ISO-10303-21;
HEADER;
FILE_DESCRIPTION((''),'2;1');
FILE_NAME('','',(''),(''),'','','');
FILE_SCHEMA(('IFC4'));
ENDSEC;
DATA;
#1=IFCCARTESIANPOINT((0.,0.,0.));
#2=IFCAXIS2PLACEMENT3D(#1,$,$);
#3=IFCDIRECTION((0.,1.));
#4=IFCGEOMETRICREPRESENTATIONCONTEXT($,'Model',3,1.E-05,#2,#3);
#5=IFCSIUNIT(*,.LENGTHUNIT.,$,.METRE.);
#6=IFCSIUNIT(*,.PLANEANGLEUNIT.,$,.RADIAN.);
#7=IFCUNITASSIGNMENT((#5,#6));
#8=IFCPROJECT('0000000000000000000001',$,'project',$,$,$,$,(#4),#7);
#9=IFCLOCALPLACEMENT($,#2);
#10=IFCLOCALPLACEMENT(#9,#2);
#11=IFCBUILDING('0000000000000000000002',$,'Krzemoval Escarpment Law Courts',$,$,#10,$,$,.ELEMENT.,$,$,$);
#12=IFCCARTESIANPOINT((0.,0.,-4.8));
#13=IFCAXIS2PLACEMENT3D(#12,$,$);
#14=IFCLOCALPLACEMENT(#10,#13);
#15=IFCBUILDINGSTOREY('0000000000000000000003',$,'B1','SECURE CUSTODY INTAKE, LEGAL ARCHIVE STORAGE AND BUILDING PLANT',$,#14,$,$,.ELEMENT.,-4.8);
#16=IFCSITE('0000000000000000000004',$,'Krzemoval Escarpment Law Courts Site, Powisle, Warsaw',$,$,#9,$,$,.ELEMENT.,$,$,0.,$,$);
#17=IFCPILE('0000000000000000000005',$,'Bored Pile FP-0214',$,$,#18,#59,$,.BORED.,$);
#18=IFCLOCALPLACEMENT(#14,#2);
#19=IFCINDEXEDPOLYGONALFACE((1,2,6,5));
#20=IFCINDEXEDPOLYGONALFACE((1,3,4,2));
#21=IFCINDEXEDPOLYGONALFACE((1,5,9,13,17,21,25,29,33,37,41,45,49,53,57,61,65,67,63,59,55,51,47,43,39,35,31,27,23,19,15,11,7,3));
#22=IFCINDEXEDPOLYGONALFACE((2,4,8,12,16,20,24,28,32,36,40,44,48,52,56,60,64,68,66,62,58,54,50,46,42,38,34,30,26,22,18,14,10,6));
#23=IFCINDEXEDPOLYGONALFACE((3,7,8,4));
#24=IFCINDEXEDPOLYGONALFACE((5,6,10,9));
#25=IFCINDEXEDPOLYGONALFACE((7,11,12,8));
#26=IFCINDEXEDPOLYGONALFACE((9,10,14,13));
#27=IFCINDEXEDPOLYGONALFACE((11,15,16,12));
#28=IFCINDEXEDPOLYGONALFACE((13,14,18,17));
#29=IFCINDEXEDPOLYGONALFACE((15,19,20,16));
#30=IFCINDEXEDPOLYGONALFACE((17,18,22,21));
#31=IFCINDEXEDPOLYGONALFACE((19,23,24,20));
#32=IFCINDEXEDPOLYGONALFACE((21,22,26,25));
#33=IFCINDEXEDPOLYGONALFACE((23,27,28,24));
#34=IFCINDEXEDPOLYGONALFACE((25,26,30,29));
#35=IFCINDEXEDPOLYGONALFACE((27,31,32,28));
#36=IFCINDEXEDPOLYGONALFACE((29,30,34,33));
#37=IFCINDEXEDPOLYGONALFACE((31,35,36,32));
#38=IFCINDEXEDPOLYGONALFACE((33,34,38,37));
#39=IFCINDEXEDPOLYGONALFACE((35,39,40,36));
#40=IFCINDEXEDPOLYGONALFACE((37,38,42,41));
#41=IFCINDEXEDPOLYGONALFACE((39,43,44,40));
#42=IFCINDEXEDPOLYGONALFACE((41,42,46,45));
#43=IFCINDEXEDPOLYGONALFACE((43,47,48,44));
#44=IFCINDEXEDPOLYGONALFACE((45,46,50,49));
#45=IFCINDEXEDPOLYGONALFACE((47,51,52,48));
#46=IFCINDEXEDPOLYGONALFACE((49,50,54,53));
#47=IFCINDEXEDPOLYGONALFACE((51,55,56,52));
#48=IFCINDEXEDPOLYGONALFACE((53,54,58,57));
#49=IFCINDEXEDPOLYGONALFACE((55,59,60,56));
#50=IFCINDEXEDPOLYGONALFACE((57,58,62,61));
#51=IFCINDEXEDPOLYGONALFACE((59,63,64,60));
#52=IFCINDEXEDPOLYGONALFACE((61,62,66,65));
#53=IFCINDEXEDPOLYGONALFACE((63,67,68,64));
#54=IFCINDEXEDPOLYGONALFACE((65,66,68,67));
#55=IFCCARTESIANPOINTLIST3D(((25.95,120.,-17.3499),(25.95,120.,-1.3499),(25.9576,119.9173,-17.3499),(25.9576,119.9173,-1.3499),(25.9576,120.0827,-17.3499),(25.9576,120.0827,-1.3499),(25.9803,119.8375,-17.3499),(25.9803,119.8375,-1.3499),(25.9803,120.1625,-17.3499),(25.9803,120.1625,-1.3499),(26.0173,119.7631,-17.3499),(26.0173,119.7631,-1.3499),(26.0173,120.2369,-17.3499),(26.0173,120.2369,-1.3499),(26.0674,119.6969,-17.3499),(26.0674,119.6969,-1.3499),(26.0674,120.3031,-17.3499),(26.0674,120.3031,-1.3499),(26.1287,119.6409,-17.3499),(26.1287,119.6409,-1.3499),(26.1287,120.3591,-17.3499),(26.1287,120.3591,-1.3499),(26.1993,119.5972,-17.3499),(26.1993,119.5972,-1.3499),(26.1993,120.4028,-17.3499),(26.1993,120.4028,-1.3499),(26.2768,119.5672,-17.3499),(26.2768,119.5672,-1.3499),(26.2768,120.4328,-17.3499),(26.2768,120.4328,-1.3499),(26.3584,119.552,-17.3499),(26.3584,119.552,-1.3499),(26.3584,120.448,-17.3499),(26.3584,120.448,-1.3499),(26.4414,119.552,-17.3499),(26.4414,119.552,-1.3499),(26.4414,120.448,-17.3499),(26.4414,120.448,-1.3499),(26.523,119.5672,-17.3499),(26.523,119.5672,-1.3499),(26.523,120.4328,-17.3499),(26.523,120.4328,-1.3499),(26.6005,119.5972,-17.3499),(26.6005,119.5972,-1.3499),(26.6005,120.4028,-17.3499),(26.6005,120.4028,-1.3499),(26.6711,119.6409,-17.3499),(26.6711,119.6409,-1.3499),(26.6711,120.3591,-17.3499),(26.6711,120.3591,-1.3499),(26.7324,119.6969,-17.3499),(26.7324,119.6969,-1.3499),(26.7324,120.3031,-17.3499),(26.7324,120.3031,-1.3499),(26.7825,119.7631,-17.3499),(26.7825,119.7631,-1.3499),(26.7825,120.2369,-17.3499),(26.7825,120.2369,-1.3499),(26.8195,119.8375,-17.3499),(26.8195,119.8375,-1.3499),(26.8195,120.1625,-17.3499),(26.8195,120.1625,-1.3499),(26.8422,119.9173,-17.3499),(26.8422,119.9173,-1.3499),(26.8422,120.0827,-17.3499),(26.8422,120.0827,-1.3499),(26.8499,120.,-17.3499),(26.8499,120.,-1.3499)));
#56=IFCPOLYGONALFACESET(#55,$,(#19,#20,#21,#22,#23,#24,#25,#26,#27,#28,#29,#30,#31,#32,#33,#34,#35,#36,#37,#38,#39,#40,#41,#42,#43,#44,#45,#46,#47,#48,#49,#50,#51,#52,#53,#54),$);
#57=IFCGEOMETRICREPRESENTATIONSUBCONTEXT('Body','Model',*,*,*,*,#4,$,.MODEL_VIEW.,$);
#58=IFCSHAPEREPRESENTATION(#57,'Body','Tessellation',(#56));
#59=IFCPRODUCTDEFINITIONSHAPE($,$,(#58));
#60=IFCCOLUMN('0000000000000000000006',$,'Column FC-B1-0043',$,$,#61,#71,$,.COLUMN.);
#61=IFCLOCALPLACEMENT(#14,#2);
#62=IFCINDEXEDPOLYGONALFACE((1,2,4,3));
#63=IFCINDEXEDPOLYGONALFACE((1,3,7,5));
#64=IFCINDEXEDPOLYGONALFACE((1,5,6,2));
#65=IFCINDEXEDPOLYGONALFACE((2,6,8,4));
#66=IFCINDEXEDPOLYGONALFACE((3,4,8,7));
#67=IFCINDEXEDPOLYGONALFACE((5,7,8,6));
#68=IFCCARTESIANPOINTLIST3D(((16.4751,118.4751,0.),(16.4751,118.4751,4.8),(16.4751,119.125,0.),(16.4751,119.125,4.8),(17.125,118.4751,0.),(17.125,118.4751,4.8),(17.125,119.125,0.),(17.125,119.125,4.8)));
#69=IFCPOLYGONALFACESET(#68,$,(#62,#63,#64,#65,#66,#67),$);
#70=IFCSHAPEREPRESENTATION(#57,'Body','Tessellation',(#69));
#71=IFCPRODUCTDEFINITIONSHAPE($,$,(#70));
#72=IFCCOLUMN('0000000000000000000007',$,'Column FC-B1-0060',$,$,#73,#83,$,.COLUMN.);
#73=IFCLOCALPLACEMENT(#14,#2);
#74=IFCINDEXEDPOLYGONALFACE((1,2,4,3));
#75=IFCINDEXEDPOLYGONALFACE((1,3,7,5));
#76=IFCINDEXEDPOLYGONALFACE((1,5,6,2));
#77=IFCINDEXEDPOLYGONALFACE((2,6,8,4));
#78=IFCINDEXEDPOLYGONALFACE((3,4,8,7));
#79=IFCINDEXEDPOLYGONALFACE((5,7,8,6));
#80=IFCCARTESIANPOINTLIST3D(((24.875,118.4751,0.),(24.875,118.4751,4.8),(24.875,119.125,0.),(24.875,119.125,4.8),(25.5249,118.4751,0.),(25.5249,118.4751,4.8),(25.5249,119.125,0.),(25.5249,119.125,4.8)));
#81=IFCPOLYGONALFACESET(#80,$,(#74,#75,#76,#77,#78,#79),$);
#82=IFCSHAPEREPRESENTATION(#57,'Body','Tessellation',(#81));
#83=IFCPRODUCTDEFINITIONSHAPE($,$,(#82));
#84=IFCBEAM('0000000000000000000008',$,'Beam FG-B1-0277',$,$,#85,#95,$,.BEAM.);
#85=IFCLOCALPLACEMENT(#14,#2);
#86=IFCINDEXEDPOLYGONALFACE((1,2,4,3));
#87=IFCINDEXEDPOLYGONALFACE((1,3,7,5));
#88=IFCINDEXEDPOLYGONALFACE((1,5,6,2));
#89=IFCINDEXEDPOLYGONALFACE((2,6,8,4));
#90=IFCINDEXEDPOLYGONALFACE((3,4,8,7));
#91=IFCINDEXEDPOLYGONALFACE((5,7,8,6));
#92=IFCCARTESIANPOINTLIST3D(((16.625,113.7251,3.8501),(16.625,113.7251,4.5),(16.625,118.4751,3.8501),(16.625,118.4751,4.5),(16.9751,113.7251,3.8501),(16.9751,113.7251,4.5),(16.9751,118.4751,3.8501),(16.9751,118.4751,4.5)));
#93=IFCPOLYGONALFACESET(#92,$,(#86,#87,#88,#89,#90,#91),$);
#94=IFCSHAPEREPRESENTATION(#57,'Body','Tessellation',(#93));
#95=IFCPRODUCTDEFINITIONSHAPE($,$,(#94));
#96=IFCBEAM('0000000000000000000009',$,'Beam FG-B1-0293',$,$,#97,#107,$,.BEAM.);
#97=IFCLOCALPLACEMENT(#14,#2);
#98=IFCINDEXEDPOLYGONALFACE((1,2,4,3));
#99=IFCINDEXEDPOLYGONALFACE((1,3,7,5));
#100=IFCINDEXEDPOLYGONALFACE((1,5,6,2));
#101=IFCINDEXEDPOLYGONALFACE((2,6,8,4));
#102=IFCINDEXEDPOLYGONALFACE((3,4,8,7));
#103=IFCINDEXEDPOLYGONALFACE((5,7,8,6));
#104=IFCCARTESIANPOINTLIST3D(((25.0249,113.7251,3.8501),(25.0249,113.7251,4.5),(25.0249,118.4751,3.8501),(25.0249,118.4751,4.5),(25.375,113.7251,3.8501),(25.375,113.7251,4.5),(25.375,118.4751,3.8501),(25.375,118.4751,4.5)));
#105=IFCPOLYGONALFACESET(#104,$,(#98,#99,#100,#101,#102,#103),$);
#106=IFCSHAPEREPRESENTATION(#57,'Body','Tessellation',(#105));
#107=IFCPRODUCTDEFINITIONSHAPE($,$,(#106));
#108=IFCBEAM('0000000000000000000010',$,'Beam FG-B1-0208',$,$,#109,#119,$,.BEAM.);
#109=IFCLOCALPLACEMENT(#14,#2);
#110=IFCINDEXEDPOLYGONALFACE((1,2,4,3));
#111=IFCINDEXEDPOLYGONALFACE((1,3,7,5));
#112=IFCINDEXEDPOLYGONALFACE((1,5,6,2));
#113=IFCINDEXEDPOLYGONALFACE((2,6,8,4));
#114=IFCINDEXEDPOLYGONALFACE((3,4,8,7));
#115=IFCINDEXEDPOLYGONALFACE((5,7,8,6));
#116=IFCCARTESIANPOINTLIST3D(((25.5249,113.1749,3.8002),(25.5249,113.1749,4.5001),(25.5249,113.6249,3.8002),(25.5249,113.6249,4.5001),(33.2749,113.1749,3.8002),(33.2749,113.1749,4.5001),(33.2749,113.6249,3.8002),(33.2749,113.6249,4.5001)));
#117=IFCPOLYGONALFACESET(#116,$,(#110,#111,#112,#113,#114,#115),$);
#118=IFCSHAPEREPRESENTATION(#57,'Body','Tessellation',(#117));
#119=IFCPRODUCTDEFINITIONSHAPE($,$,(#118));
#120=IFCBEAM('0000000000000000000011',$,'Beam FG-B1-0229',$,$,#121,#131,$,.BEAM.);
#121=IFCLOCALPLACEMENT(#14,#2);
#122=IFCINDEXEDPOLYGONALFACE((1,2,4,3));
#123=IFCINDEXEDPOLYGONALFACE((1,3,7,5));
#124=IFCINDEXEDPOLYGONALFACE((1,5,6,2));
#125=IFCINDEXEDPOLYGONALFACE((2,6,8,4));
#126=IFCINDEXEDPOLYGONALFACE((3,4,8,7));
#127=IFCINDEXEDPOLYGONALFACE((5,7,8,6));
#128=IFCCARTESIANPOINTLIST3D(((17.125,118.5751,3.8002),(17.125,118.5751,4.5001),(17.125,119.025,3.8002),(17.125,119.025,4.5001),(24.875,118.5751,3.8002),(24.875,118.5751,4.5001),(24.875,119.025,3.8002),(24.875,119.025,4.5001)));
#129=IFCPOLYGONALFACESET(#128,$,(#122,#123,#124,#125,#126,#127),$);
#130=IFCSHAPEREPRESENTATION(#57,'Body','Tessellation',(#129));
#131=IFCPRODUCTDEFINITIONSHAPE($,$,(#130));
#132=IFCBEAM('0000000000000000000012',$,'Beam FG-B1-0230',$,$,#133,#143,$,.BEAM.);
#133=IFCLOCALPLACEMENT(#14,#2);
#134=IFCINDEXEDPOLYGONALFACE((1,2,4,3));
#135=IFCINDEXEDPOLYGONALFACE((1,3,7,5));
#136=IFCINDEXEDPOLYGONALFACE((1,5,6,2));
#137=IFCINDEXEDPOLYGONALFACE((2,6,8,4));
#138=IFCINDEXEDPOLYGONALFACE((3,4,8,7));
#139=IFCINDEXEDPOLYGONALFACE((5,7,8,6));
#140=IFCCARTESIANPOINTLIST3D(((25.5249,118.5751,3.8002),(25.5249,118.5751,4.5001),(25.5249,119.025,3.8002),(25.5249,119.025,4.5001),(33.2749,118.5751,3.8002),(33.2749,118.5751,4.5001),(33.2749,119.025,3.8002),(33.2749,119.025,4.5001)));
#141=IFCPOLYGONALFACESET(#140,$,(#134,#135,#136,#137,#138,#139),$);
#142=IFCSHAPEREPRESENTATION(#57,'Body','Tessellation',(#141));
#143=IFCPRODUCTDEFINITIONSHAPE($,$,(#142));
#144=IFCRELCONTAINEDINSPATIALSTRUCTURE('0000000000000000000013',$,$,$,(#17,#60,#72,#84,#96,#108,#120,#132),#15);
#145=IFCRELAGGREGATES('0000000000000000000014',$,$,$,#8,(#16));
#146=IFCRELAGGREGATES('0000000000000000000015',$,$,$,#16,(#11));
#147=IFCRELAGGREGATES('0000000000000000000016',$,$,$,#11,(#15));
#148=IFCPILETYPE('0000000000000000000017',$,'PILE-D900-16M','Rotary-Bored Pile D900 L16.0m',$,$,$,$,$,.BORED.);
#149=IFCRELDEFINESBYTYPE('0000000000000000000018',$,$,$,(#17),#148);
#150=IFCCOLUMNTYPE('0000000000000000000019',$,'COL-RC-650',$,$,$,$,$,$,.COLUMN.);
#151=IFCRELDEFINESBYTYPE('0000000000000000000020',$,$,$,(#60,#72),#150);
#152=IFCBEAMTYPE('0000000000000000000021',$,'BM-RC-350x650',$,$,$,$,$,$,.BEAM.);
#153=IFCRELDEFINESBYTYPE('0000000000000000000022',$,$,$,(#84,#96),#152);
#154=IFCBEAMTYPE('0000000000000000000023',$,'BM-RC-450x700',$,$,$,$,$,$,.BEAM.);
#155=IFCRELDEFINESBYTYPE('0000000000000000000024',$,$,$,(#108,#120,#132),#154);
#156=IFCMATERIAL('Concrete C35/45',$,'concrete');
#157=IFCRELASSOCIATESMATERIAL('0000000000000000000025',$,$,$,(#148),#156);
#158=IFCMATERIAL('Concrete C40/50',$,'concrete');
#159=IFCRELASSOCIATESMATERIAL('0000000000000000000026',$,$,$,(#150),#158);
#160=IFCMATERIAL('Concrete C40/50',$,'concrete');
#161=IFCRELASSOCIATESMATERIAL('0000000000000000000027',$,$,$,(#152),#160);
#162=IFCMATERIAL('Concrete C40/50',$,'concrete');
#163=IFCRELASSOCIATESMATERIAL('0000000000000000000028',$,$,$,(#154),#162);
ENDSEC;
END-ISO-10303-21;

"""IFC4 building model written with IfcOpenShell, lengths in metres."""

from ifc_helpers import new_model, si_unit, direction, frame, origin, origin_2d, place, context, subcontext, project, spatial, rectangle, circle, extrude, material, material_profile, profile_set, type_object, element, save


model = new_model("IFC4")

# Units and contexts
model_context = context("Model", 3, precision=1e-05, world=origin(), true_north=direction((0.0, 1.0)))
body_context = subcontext(model_context, "Body", "Model", "MODEL_VIEW")
ifc_project = project(units=[si_unit("LENGTHUNIT", "METRE"), si_unit("PLANEANGLEUNIT", "RADIAN")], contexts=[model_context])

# Site, building, storey
site_placement = place(None, origin())
site = spatial("IfcSite", under=ifc_project, at=site_placement, Name="Krzemoval Escarpment Law Courts Site, Powisle, Warsaw", CompositionType="ELEMENT", RefElevation=0.0)
building_placement = place(site_placement, origin())
building = spatial("IfcBuilding", under=site, at=building_placement, Name="Krzemoval Escarpment Law Courts", CompositionType="ELEMENT")
storey_placement = place(building_placement, frame((0.0, 0.0, -4.8)))
storey = spatial("IfcBuildingStorey", under=building, at=storey_placement, Name="B1", Description="SECURE CUSTODY INTAKE, LEGAL ARCHIVE STORAGE AND BUILDING PLANT", CompositionType="ELEMENT", Elevation=-4.8)

# Pile
ifc_material_1 = material(Name="Concrete C35/45", Category="concrete")
ifc_material_profile_1 = material_profile(ifc_material_1, circle(Radius=0.45, at=origin_2d()), Name="PILE D900")
ifc_profile_set_1 = profile_set([ifc_material_profile_1], Name="Concrete C35/45")
pile_type = type_object("IfcPileType", Name="PILE-D900-16M", Description="Rotary-Bored Pile D900 L16.0m", PredefinedType="BORED", material=ifc_profile_set_1)
for number, where, z_axis, x_axis, name in (
    (1, (26.3999, 120.0, -1.3499), (0.0, 0.0, -1.0), (1.0, 0.0, 0.0), "Bored Pile FP-0214"),
):
    element("IfcPile", number, at=place(storey_placement, frame(where, z_axis=z_axis, x_axis=x_axis)), inside=storey, type_object=pile_type, Name=name, PredefinedType="BORED", context=body_context, shape_type="SweptSolid", body=[
        extrude(circle(Radius=0.45, at=origin_2d()), origin(), (0.0, 0.0, 1.0), 16.0),
    ])

# Columns
ifc_material_2 = material(Name="Concrete C40/50", Category="concrete")
ifc_material_profile_2 = material_profile(ifc_material_2, rectangle(XDim=0.6499, YDim=0.6499, at=origin_2d()), Name="RC 650x650")
ifc_profile_set_2 = profile_set([ifc_material_profile_2], Name="Concrete C40/50")
column_type = type_object("IfcColumnType", Name="COL-RC-650", PredefinedType="COLUMN", material=ifc_profile_set_2)
for number, where, z_axis, x_axis, name in (
    (2, (16.8, 118.8, 0.0), (0.0, 0.0, 1.0), (1.0, 0.0, 0.0), "Column FC-B1-0043"),
    (3, (25.2, 118.8, 0.0), (0.0, 0.0, 1.0), (1.0, 0.0, 0.0), "Column FC-B1-0060"),
):
    element("IfcColumn", number, at=place(storey_placement, frame(where, z_axis=z_axis, x_axis=x_axis)), inside=storey, type_object=column_type, Name=name, PredefinedType="COLUMN", context=body_context, shape_type="SweptSolid", body=[
        extrude(rectangle(XDim=0.6499, YDim=0.6499, at=origin_2d()), origin(), (0.0, 0.0, 1.0), 4.8),
    ])

# Beams
ifc_material_3 = material(Name="Concrete C40/50", Category="concrete")
ifc_material_profile_3 = material_profile(ifc_material_3, rectangle(XDim=0.3501, YDim=0.6499, at=origin_2d()), Name="RCB 350x650")
ifc_profile_set_3 = profile_set([ifc_material_profile_3], Name="Concrete C40/50")
beam_type_1 = type_object("IfcBeamType", Name="BM-RC-350x650", PredefinedType="BEAM", material=ifc_profile_set_3)
for number, where, z_axis, x_axis, name in (
    (4, (16.8, 113.7251, 4.175), (0.0, 1.0, 0.0), (-1.0, 0.0, 0.0), "Beam FG-B1-0277"),
    (5, (25.2, 113.7251, 4.175), (0.0, 1.0, 0.0), (-1.0, 0.0, 0.0), "Beam FG-B1-0293"),
):
    element("IfcBeam", number, at=place(storey_placement, frame(where, z_axis=z_axis, x_axis=x_axis)), inside=storey, type_object=beam_type_1, Name=name, PredefinedType="BEAM", context=body_context, shape_type="SweptSolid", body=[
        extrude(rectangle(XDim=0.3501, YDim=0.6499, at=origin_2d()), origin(), (0.0, 0.0, 1.0), 4.75),
    ])
ifc_material_4 = material(Name="Concrete C40/50", Category="concrete")
ifc_material_profile_4 = material_profile(ifc_material_4, rectangle(XDim=0.45, YDim=0.7, at=origin_2d()), Name="RCB 450x700")
ifc_profile_set_4 = profile_set([ifc_material_profile_4], Name="Concrete C40/50")
beam_type_2 = type_object("IfcBeamType", Name="BM-RC-450x700", PredefinedType="BEAM", material=ifc_profile_set_4)
for number, where, z_axis, x_axis, name in (
    (6, (25.5249, 113.3999, 4.1501), (1.0, 0.0, 0.0), (0.0, 1.0, 0.0), "Beam FG-B1-0208"),
    (7, (17.125, 118.8, 4.1501), (1.0, 0.0, 0.0), (0.0, 1.0, 0.0), "Beam FG-B1-0229"),
    (8, (25.5249, 118.8, 4.1501), (1.0, 0.0, 0.0), (0.0, 1.0, 0.0), "Beam FG-B1-0230"),
):
    element("IfcBeam", number, at=place(storey_placement, frame(where, z_axis=z_axis, x_axis=x_axis)), inside=storey, type_object=beam_type_2, Name=name, PredefinedType="BEAM", context=body_context, shape_type="SweptSolid", body=[
        extrude(rectangle(XDim=0.45, YDim=0.7, at=origin_2d()), origin(), (0.0, 0.0, 1.0), 7.75),
    ])

save(model, "model.ifc")
